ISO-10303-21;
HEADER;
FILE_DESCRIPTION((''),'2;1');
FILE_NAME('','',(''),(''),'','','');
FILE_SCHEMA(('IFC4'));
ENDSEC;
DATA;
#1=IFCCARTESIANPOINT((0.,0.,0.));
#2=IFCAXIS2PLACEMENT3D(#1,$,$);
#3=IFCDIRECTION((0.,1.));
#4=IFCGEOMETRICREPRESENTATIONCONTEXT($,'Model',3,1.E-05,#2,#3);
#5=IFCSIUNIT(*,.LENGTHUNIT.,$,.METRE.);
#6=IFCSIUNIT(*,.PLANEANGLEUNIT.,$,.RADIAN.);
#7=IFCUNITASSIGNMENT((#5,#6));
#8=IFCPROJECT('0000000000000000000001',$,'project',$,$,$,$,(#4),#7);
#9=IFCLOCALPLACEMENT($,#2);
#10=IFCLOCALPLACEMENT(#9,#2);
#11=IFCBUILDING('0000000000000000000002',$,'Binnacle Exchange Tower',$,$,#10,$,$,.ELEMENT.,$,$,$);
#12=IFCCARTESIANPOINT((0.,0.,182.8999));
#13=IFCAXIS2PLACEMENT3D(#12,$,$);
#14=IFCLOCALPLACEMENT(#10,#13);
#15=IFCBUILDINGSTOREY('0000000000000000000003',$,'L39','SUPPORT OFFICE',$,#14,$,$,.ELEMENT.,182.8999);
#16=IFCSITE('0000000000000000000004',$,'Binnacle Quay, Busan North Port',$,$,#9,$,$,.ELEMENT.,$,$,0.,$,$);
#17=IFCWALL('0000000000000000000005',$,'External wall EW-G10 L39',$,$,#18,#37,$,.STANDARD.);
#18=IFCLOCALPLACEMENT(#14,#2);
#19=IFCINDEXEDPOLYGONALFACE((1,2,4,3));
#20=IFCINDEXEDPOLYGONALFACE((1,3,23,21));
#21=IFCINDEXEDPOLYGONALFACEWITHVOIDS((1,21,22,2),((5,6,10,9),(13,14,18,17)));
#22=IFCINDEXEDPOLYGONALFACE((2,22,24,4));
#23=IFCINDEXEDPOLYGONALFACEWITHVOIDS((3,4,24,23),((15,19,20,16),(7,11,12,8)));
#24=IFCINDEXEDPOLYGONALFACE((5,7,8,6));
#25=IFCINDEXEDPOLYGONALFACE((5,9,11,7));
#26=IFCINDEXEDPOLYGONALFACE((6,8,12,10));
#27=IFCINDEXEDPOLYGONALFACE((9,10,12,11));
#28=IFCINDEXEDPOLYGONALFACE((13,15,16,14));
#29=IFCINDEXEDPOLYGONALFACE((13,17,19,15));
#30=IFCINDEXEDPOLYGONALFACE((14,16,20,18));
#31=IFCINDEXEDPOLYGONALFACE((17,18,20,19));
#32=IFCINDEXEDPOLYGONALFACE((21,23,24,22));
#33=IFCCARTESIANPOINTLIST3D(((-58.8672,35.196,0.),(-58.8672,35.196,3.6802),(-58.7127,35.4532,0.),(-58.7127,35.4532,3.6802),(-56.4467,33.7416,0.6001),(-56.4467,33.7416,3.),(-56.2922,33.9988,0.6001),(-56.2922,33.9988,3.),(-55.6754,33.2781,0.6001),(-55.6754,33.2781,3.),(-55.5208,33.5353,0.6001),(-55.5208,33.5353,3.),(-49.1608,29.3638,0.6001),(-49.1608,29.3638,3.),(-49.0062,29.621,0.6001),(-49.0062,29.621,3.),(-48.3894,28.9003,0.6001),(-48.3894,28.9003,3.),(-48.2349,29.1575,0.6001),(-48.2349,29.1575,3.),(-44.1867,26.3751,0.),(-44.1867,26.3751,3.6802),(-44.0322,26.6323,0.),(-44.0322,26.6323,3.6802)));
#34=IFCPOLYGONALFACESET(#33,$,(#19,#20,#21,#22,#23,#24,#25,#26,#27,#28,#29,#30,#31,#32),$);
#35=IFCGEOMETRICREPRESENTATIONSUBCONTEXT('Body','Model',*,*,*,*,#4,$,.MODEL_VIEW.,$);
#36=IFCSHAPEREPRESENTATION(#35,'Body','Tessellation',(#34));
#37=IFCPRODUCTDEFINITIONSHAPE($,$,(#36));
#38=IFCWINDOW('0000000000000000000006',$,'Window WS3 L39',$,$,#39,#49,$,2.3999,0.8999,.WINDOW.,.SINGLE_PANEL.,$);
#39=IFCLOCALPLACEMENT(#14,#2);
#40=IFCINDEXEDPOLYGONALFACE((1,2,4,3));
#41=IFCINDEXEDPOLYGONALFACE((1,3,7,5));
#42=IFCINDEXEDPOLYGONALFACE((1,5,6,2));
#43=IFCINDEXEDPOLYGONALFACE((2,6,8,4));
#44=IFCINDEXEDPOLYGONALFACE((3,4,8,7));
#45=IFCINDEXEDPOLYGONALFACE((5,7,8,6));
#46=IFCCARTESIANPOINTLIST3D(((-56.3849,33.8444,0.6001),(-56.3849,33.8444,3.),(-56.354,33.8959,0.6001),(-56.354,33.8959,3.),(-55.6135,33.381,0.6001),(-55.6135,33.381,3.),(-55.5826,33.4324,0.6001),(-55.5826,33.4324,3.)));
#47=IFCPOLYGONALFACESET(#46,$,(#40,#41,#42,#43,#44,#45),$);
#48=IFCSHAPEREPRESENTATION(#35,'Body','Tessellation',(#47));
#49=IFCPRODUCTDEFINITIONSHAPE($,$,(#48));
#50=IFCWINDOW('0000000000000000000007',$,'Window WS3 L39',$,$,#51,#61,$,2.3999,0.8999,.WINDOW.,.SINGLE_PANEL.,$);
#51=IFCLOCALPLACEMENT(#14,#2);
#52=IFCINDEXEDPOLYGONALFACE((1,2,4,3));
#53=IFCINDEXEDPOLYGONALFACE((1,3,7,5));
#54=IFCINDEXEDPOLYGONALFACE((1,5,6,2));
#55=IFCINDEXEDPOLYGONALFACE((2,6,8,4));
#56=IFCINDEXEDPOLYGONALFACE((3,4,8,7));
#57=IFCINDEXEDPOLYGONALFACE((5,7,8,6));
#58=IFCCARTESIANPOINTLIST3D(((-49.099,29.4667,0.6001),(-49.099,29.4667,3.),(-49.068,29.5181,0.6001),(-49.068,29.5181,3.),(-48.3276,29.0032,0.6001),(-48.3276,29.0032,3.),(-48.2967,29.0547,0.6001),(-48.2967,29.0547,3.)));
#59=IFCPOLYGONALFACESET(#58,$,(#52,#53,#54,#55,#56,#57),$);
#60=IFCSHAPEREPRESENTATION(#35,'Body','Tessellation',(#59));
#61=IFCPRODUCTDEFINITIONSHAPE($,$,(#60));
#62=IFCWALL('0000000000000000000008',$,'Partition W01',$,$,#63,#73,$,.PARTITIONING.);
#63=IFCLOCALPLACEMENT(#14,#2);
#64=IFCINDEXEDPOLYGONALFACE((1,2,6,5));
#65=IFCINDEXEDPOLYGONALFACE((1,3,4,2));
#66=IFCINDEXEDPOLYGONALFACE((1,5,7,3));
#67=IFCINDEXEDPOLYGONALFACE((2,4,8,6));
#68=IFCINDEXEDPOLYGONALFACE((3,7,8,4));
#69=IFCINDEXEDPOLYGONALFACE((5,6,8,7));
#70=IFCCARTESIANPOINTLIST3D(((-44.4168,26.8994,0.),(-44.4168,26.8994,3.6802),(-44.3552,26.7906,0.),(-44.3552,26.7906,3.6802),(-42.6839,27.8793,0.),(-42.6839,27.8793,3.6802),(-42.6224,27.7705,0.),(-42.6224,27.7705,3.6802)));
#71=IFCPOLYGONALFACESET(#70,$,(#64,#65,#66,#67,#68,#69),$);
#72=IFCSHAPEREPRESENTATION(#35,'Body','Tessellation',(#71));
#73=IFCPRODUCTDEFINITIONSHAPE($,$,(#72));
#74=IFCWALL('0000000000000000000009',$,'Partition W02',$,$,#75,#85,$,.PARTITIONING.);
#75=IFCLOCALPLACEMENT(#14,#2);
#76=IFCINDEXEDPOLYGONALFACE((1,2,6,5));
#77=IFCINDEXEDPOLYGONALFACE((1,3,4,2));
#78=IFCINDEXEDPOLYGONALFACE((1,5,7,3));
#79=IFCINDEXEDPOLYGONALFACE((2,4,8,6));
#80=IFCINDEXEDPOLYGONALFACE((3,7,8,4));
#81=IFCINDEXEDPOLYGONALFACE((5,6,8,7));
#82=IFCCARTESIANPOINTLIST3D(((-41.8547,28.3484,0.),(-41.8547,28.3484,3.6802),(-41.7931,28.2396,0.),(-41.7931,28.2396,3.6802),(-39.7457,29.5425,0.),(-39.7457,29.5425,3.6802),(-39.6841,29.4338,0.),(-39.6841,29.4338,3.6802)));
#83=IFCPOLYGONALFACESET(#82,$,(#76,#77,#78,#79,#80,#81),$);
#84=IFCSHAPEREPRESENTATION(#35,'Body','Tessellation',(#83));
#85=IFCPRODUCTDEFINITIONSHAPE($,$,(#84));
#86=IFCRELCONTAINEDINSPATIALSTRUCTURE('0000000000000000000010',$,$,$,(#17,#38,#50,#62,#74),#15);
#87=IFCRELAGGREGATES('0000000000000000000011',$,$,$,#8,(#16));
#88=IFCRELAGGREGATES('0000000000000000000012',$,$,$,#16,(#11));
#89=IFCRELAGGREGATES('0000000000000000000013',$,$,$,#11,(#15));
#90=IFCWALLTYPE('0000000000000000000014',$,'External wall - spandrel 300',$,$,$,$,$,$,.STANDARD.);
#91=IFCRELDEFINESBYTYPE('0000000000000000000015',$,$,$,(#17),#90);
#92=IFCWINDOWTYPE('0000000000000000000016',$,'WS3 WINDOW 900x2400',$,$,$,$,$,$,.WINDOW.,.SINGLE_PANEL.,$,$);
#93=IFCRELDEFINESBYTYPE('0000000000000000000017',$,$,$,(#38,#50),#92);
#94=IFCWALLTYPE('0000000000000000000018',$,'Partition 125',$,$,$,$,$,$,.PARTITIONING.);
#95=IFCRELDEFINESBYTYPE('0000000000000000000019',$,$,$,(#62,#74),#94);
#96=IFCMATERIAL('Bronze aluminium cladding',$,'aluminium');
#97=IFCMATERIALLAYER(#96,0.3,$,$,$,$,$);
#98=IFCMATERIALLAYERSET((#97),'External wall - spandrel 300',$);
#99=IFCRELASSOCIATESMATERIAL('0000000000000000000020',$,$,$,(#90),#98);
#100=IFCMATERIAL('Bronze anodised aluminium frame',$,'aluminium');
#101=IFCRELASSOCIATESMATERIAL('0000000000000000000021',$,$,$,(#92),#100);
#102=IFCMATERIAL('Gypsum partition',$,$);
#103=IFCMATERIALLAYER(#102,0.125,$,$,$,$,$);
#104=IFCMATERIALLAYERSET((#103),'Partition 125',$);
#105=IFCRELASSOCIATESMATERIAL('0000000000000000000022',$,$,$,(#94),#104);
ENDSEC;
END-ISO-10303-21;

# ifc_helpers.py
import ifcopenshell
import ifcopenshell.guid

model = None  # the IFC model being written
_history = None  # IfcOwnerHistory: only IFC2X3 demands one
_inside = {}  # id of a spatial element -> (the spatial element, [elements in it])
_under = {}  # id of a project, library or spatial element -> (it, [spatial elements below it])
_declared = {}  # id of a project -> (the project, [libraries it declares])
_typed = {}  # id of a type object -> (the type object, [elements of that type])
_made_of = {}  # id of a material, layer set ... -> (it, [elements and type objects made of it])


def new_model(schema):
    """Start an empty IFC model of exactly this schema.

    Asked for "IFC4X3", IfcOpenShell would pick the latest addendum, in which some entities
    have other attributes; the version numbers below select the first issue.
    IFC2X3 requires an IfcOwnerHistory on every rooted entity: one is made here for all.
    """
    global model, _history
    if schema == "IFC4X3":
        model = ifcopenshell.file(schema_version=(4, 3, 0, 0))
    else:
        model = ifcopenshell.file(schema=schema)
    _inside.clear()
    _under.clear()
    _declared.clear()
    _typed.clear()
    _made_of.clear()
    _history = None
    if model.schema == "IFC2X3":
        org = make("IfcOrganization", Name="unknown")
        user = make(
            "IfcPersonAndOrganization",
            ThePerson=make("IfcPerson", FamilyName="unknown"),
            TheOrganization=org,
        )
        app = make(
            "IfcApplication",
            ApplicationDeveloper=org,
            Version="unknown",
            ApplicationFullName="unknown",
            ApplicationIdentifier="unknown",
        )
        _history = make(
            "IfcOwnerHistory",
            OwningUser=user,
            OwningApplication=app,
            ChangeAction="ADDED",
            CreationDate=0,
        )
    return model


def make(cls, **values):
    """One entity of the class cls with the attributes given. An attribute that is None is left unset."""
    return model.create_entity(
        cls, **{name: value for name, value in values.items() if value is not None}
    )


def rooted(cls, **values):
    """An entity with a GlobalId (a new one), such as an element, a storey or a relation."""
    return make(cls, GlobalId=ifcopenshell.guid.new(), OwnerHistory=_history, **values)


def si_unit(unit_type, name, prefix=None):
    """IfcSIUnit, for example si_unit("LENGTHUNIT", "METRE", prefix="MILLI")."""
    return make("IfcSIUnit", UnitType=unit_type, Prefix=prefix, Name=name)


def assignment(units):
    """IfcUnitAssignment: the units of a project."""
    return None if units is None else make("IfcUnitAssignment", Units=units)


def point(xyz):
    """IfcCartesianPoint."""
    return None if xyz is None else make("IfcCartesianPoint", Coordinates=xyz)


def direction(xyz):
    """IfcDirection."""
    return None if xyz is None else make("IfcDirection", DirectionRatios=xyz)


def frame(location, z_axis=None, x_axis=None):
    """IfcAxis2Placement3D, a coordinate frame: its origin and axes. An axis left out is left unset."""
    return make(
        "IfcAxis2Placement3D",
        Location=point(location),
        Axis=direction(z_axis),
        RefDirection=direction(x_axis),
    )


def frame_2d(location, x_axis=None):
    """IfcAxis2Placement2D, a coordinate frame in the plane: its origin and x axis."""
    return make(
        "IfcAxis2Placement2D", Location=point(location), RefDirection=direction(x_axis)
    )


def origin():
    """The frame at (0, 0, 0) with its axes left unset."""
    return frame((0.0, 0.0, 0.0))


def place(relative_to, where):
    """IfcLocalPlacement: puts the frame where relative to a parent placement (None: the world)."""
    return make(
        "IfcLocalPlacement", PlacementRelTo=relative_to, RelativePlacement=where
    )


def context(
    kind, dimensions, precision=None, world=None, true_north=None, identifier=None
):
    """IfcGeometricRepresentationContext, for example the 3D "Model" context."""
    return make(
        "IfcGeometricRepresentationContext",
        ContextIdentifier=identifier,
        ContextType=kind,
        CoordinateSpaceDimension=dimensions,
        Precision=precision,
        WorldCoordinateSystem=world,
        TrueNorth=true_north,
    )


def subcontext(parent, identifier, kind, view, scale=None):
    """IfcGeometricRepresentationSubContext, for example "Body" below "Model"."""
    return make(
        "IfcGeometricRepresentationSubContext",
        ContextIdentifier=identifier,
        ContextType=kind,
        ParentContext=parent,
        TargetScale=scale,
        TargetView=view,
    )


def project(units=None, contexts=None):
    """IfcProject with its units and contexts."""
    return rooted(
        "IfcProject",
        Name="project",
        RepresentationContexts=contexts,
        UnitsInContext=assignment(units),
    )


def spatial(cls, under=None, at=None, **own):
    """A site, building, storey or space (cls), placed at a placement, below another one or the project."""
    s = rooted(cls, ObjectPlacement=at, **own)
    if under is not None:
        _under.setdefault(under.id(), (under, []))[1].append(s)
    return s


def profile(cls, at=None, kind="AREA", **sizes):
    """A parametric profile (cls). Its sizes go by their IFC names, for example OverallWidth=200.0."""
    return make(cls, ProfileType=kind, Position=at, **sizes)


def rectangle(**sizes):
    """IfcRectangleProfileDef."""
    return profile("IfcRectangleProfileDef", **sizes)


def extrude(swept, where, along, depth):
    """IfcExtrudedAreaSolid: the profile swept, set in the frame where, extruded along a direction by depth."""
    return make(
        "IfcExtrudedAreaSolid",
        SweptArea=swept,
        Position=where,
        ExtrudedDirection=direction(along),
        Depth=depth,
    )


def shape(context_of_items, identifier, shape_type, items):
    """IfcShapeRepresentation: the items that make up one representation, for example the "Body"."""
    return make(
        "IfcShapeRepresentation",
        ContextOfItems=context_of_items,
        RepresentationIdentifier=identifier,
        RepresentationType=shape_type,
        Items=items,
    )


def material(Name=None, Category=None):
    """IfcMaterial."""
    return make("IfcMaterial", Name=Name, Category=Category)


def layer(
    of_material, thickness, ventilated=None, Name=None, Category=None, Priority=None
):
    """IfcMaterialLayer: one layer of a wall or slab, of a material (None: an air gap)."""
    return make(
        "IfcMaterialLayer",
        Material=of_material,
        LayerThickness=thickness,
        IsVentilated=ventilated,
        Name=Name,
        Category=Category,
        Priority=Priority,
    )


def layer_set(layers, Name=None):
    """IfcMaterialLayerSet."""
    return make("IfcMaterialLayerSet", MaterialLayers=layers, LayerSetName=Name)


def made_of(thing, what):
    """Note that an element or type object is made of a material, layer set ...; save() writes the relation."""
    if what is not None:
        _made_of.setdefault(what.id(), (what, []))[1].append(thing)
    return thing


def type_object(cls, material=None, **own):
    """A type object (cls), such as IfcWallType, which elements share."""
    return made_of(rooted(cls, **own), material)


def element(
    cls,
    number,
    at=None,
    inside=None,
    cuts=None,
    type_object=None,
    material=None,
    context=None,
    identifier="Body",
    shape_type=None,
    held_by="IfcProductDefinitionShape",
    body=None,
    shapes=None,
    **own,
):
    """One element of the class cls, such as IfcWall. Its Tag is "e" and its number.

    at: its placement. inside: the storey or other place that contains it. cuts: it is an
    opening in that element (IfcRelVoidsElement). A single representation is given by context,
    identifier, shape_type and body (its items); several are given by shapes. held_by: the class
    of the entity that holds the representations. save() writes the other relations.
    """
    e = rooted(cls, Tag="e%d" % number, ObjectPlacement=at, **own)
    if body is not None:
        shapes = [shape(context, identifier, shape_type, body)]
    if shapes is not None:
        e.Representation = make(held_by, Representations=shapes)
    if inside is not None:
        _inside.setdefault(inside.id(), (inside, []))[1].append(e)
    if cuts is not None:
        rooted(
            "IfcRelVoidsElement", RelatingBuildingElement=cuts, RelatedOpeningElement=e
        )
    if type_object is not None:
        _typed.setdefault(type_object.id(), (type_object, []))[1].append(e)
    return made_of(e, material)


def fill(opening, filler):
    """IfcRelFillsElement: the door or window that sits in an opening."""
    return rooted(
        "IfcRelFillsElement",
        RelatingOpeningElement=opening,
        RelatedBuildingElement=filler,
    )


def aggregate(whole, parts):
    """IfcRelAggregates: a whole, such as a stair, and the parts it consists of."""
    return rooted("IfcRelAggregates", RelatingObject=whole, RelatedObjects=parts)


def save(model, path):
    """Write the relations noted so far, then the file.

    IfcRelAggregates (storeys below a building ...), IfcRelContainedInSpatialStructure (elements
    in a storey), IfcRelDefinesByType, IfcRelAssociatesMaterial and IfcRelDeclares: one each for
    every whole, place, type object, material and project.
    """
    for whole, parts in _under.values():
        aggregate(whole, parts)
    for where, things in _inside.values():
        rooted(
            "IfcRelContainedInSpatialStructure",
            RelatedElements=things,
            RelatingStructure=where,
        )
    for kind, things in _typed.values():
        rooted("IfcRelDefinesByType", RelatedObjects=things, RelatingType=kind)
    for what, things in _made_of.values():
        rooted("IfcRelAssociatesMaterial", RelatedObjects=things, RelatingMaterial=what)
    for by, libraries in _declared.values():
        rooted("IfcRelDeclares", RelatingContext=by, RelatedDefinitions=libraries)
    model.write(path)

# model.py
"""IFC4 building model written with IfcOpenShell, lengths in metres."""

from ifc_helpers import new_model, si_unit, direction, frame, frame_2d, origin, place, context, subcontext, project, spatial, rectangle, extrude, material, layer, layer_set, type_object, element, fill, save


model = new_model("IFC4")

# Units and contexts
model_context = context("Model", 3, precision=1e-05, world=origin(), true_north=direction((0.0, 1.0)))
body_context = subcontext(model_context, "Body", "Model", "MODEL_VIEW")
ifc_project = project(units=[si_unit("LENGTHUNIT", "METRE"), si_unit("PLANEANGLEUNIT", "RADIAN")], contexts=[model_context])

# Site, building, storey
site_placement = place(None, origin())
site = spatial("IfcSite", under=ifc_project, at=site_placement, Name="Binnacle Quay, Busan North Port", CompositionType="ELEMENT", RefElevation=0.0)
building_placement = place(site_placement, origin())
building = spatial("IfcBuilding", under=site, at=building_placement, Name="Binnacle Exchange Tower", CompositionType="ELEMENT")
storey_placement = place(building_placement, frame((0.0, 0.0, 182.8999)))
storey = spatial("IfcBuildingStorey", under=building, at=storey_placement, Name="L39", Description="SUPPORT OFFICE", CompositionType="ELEMENT", Elevation=182.8999)

# Shared definitions
ifc_material_1 = material(Name="Bronze aluminium cladding", Category="aluminium")
ifc_layer_1 = layer(ifc_material_1, 0.3)
ifc_layer_set_1 = layer_set([ifc_layer_1], Name="External wall - spandrel 300")
wall_type_1 = type_object("IfcWallType", Name="External wall - spandrel 300", PredefinedType="STANDARD", material=ifc_layer_set_1)

# Wall, openings, windows
wall_1_placement = place(storey_placement, frame((-44.1094, 26.5037, 0.0), z_axis=(0.0, 0.0, 1.0), x_axis=(-0.85717, 0.515034, 0.0)))
wall_1 = element("IfcWall", 1, at=wall_1_placement, inside=storey, type_object=wall_type_1, Name="External wall EW-G10 L39", PredefinedType="STANDARD", context=body_context, shape_type="SweptSolid", body=[
    extrude(rectangle(XDim=17.1267, YDim=0.3, at=frame_2d((8.5635, 0.0))), origin(), (0.0, 0.0, 1.0), 3.6802),
])
opening_1_placement = place(wall_1_placement, frame((13.4031, 0.0, 0.6001)))
opening_1 = element("IfcOpeningElement", 2, at=opening_1_placement, cuts=wall_1, PredefinedType="OPENING", context=body_context, shape_type="SweptSolid", body=[
    extrude(rectangle(XDim=0.8999, YDim=2.3999, at=frame_2d((0.45, 1.2))), frame((0.0, 0.1599, 0.0), z_axis=(0.0, -1.0, 0.0), x_axis=(1.0, 0.0, 0.0)), (0.0, 0.0, 1.0), 0.3201),
])
opening_2_placement = place(wall_1_placement, frame((4.9031, 0.0, 0.6001)))
opening_2 = element("IfcOpeningElement", 3, at=opening_2_placement, cuts=wall_1, PredefinedType="OPENING", context=body_context, shape_type="SweptSolid", body=[
    extrude(rectangle(XDim=0.8999, YDim=2.3999, at=frame_2d((0.45, 1.2))), frame((0.0, 0.1599, 0.0), z_axis=(0.0, -1.0, 0.0), x_axis=(1.0, 0.0, 0.0)), (0.0, 0.0, 1.0), 0.3201),
])
ifc_material_2 = material(Name="Bronze anodised aluminium frame", Category="aluminium")
window_type = type_object("IfcWindowType", Name="WS3 WINDOW 900x2400", PartitioningType="SINGLE_PANEL", PredefinedType="WINDOW", material=ifc_material_2)
window_1_placement = place(opening_1_placement, origin())
window_1 = element("IfcWindow", 4, at=window_1_placement, inside=storey, type_object=window_type, Name="Window WS3 L39", OverallHeight=2.3999, OverallWidth=0.8999, PartitioningType="SINGLE_PANEL", PredefinedType="WINDOW", context=body_context, shape_type="SweptSolid", body=[
    extrude(rectangle(XDim=0.8999, YDim=2.3999, at=frame_2d((0.45, 1.2))), frame((0.0, 0.03, 0.0), z_axis=(0.0, -1.0, 0.0), x_axis=(1.0, 0.0, 0.0)), (0.0, 0.0, 1.0), 0.0601),
])
fill(opening_1, window_1)
window_2_placement = place(opening_2_placement, origin())
window_2 = element("IfcWindow", 5, at=window_2_placement, inside=storey, type_object=window_type, Name="Window WS3 L39", OverallHeight=2.3999, OverallWidth=0.8999, PartitioningType="SINGLE_PANEL", PredefinedType="WINDOW", context=body_context, shape_type="SweptSolid", body=[
    extrude(rectangle(XDim=0.8999, YDim=2.3999, at=frame_2d((0.45, 1.2))), frame((0.0, 0.03, 0.0), z_axis=(0.0, -1.0, 0.0), x_axis=(1.0, 0.0, 0.0)), (0.0, 0.0, 1.0), 0.0601),
])
fill(opening_2, window_2)

# Walls
ifc_material_3 = material(Name="Gypsum partition")
ifc_layer_2 = layer(ifc_material_3, 0.125)
ifc_layer_set_2 = layer_set([ifc_layer_2], Name="Partition 125")
wall_type_2 = type_object("IfcWallType", Name="Partition 125", PredefinedType="PARTITIONING", material=ifc_layer_set_2)
wall_2_placement = place(storey_placement, frame((-44.386, 26.845, 0.0), z_axis=(0.0, 0.0, 1.0), x_axis=(0.870453, 0.492251, 0.0)))
element("IfcWall", 6, at=wall_2_placement, inside=storey, type_object=wall_type_2, Name="Partition W01", PredefinedType="PARTITIONING", context=body_context, shape_type="SweptSolid", body=[
    extrude(rectangle(XDim=1.9907, YDim=0.125, at=frame_2d((0.9954, 0.0))), origin(), (0.0, 0.0, 1.0), 3.6802),
])
wall_3_placement = place(storey_placement, frame((-41.824, 28.2939, 0.0), z_axis=(0.0, 0.0, 1.0), x_axis=(0.870189, 0.492718, 0.0)))
element("IfcWall", 7, at=wall_3_placement, inside=storey, type_object=wall_type_2, Name="Partition W02", PredefinedType="PARTITIONING", context=body_context, shape_type="SweptSolid", body=[
    extrude(rectangle(XDim=2.4236, YDim=0.125, at=frame_2d((1.2119, 0.0))), origin(), (0.0, 0.0, 1.0), 3.6802),
])

save(model, "model.ifc")
